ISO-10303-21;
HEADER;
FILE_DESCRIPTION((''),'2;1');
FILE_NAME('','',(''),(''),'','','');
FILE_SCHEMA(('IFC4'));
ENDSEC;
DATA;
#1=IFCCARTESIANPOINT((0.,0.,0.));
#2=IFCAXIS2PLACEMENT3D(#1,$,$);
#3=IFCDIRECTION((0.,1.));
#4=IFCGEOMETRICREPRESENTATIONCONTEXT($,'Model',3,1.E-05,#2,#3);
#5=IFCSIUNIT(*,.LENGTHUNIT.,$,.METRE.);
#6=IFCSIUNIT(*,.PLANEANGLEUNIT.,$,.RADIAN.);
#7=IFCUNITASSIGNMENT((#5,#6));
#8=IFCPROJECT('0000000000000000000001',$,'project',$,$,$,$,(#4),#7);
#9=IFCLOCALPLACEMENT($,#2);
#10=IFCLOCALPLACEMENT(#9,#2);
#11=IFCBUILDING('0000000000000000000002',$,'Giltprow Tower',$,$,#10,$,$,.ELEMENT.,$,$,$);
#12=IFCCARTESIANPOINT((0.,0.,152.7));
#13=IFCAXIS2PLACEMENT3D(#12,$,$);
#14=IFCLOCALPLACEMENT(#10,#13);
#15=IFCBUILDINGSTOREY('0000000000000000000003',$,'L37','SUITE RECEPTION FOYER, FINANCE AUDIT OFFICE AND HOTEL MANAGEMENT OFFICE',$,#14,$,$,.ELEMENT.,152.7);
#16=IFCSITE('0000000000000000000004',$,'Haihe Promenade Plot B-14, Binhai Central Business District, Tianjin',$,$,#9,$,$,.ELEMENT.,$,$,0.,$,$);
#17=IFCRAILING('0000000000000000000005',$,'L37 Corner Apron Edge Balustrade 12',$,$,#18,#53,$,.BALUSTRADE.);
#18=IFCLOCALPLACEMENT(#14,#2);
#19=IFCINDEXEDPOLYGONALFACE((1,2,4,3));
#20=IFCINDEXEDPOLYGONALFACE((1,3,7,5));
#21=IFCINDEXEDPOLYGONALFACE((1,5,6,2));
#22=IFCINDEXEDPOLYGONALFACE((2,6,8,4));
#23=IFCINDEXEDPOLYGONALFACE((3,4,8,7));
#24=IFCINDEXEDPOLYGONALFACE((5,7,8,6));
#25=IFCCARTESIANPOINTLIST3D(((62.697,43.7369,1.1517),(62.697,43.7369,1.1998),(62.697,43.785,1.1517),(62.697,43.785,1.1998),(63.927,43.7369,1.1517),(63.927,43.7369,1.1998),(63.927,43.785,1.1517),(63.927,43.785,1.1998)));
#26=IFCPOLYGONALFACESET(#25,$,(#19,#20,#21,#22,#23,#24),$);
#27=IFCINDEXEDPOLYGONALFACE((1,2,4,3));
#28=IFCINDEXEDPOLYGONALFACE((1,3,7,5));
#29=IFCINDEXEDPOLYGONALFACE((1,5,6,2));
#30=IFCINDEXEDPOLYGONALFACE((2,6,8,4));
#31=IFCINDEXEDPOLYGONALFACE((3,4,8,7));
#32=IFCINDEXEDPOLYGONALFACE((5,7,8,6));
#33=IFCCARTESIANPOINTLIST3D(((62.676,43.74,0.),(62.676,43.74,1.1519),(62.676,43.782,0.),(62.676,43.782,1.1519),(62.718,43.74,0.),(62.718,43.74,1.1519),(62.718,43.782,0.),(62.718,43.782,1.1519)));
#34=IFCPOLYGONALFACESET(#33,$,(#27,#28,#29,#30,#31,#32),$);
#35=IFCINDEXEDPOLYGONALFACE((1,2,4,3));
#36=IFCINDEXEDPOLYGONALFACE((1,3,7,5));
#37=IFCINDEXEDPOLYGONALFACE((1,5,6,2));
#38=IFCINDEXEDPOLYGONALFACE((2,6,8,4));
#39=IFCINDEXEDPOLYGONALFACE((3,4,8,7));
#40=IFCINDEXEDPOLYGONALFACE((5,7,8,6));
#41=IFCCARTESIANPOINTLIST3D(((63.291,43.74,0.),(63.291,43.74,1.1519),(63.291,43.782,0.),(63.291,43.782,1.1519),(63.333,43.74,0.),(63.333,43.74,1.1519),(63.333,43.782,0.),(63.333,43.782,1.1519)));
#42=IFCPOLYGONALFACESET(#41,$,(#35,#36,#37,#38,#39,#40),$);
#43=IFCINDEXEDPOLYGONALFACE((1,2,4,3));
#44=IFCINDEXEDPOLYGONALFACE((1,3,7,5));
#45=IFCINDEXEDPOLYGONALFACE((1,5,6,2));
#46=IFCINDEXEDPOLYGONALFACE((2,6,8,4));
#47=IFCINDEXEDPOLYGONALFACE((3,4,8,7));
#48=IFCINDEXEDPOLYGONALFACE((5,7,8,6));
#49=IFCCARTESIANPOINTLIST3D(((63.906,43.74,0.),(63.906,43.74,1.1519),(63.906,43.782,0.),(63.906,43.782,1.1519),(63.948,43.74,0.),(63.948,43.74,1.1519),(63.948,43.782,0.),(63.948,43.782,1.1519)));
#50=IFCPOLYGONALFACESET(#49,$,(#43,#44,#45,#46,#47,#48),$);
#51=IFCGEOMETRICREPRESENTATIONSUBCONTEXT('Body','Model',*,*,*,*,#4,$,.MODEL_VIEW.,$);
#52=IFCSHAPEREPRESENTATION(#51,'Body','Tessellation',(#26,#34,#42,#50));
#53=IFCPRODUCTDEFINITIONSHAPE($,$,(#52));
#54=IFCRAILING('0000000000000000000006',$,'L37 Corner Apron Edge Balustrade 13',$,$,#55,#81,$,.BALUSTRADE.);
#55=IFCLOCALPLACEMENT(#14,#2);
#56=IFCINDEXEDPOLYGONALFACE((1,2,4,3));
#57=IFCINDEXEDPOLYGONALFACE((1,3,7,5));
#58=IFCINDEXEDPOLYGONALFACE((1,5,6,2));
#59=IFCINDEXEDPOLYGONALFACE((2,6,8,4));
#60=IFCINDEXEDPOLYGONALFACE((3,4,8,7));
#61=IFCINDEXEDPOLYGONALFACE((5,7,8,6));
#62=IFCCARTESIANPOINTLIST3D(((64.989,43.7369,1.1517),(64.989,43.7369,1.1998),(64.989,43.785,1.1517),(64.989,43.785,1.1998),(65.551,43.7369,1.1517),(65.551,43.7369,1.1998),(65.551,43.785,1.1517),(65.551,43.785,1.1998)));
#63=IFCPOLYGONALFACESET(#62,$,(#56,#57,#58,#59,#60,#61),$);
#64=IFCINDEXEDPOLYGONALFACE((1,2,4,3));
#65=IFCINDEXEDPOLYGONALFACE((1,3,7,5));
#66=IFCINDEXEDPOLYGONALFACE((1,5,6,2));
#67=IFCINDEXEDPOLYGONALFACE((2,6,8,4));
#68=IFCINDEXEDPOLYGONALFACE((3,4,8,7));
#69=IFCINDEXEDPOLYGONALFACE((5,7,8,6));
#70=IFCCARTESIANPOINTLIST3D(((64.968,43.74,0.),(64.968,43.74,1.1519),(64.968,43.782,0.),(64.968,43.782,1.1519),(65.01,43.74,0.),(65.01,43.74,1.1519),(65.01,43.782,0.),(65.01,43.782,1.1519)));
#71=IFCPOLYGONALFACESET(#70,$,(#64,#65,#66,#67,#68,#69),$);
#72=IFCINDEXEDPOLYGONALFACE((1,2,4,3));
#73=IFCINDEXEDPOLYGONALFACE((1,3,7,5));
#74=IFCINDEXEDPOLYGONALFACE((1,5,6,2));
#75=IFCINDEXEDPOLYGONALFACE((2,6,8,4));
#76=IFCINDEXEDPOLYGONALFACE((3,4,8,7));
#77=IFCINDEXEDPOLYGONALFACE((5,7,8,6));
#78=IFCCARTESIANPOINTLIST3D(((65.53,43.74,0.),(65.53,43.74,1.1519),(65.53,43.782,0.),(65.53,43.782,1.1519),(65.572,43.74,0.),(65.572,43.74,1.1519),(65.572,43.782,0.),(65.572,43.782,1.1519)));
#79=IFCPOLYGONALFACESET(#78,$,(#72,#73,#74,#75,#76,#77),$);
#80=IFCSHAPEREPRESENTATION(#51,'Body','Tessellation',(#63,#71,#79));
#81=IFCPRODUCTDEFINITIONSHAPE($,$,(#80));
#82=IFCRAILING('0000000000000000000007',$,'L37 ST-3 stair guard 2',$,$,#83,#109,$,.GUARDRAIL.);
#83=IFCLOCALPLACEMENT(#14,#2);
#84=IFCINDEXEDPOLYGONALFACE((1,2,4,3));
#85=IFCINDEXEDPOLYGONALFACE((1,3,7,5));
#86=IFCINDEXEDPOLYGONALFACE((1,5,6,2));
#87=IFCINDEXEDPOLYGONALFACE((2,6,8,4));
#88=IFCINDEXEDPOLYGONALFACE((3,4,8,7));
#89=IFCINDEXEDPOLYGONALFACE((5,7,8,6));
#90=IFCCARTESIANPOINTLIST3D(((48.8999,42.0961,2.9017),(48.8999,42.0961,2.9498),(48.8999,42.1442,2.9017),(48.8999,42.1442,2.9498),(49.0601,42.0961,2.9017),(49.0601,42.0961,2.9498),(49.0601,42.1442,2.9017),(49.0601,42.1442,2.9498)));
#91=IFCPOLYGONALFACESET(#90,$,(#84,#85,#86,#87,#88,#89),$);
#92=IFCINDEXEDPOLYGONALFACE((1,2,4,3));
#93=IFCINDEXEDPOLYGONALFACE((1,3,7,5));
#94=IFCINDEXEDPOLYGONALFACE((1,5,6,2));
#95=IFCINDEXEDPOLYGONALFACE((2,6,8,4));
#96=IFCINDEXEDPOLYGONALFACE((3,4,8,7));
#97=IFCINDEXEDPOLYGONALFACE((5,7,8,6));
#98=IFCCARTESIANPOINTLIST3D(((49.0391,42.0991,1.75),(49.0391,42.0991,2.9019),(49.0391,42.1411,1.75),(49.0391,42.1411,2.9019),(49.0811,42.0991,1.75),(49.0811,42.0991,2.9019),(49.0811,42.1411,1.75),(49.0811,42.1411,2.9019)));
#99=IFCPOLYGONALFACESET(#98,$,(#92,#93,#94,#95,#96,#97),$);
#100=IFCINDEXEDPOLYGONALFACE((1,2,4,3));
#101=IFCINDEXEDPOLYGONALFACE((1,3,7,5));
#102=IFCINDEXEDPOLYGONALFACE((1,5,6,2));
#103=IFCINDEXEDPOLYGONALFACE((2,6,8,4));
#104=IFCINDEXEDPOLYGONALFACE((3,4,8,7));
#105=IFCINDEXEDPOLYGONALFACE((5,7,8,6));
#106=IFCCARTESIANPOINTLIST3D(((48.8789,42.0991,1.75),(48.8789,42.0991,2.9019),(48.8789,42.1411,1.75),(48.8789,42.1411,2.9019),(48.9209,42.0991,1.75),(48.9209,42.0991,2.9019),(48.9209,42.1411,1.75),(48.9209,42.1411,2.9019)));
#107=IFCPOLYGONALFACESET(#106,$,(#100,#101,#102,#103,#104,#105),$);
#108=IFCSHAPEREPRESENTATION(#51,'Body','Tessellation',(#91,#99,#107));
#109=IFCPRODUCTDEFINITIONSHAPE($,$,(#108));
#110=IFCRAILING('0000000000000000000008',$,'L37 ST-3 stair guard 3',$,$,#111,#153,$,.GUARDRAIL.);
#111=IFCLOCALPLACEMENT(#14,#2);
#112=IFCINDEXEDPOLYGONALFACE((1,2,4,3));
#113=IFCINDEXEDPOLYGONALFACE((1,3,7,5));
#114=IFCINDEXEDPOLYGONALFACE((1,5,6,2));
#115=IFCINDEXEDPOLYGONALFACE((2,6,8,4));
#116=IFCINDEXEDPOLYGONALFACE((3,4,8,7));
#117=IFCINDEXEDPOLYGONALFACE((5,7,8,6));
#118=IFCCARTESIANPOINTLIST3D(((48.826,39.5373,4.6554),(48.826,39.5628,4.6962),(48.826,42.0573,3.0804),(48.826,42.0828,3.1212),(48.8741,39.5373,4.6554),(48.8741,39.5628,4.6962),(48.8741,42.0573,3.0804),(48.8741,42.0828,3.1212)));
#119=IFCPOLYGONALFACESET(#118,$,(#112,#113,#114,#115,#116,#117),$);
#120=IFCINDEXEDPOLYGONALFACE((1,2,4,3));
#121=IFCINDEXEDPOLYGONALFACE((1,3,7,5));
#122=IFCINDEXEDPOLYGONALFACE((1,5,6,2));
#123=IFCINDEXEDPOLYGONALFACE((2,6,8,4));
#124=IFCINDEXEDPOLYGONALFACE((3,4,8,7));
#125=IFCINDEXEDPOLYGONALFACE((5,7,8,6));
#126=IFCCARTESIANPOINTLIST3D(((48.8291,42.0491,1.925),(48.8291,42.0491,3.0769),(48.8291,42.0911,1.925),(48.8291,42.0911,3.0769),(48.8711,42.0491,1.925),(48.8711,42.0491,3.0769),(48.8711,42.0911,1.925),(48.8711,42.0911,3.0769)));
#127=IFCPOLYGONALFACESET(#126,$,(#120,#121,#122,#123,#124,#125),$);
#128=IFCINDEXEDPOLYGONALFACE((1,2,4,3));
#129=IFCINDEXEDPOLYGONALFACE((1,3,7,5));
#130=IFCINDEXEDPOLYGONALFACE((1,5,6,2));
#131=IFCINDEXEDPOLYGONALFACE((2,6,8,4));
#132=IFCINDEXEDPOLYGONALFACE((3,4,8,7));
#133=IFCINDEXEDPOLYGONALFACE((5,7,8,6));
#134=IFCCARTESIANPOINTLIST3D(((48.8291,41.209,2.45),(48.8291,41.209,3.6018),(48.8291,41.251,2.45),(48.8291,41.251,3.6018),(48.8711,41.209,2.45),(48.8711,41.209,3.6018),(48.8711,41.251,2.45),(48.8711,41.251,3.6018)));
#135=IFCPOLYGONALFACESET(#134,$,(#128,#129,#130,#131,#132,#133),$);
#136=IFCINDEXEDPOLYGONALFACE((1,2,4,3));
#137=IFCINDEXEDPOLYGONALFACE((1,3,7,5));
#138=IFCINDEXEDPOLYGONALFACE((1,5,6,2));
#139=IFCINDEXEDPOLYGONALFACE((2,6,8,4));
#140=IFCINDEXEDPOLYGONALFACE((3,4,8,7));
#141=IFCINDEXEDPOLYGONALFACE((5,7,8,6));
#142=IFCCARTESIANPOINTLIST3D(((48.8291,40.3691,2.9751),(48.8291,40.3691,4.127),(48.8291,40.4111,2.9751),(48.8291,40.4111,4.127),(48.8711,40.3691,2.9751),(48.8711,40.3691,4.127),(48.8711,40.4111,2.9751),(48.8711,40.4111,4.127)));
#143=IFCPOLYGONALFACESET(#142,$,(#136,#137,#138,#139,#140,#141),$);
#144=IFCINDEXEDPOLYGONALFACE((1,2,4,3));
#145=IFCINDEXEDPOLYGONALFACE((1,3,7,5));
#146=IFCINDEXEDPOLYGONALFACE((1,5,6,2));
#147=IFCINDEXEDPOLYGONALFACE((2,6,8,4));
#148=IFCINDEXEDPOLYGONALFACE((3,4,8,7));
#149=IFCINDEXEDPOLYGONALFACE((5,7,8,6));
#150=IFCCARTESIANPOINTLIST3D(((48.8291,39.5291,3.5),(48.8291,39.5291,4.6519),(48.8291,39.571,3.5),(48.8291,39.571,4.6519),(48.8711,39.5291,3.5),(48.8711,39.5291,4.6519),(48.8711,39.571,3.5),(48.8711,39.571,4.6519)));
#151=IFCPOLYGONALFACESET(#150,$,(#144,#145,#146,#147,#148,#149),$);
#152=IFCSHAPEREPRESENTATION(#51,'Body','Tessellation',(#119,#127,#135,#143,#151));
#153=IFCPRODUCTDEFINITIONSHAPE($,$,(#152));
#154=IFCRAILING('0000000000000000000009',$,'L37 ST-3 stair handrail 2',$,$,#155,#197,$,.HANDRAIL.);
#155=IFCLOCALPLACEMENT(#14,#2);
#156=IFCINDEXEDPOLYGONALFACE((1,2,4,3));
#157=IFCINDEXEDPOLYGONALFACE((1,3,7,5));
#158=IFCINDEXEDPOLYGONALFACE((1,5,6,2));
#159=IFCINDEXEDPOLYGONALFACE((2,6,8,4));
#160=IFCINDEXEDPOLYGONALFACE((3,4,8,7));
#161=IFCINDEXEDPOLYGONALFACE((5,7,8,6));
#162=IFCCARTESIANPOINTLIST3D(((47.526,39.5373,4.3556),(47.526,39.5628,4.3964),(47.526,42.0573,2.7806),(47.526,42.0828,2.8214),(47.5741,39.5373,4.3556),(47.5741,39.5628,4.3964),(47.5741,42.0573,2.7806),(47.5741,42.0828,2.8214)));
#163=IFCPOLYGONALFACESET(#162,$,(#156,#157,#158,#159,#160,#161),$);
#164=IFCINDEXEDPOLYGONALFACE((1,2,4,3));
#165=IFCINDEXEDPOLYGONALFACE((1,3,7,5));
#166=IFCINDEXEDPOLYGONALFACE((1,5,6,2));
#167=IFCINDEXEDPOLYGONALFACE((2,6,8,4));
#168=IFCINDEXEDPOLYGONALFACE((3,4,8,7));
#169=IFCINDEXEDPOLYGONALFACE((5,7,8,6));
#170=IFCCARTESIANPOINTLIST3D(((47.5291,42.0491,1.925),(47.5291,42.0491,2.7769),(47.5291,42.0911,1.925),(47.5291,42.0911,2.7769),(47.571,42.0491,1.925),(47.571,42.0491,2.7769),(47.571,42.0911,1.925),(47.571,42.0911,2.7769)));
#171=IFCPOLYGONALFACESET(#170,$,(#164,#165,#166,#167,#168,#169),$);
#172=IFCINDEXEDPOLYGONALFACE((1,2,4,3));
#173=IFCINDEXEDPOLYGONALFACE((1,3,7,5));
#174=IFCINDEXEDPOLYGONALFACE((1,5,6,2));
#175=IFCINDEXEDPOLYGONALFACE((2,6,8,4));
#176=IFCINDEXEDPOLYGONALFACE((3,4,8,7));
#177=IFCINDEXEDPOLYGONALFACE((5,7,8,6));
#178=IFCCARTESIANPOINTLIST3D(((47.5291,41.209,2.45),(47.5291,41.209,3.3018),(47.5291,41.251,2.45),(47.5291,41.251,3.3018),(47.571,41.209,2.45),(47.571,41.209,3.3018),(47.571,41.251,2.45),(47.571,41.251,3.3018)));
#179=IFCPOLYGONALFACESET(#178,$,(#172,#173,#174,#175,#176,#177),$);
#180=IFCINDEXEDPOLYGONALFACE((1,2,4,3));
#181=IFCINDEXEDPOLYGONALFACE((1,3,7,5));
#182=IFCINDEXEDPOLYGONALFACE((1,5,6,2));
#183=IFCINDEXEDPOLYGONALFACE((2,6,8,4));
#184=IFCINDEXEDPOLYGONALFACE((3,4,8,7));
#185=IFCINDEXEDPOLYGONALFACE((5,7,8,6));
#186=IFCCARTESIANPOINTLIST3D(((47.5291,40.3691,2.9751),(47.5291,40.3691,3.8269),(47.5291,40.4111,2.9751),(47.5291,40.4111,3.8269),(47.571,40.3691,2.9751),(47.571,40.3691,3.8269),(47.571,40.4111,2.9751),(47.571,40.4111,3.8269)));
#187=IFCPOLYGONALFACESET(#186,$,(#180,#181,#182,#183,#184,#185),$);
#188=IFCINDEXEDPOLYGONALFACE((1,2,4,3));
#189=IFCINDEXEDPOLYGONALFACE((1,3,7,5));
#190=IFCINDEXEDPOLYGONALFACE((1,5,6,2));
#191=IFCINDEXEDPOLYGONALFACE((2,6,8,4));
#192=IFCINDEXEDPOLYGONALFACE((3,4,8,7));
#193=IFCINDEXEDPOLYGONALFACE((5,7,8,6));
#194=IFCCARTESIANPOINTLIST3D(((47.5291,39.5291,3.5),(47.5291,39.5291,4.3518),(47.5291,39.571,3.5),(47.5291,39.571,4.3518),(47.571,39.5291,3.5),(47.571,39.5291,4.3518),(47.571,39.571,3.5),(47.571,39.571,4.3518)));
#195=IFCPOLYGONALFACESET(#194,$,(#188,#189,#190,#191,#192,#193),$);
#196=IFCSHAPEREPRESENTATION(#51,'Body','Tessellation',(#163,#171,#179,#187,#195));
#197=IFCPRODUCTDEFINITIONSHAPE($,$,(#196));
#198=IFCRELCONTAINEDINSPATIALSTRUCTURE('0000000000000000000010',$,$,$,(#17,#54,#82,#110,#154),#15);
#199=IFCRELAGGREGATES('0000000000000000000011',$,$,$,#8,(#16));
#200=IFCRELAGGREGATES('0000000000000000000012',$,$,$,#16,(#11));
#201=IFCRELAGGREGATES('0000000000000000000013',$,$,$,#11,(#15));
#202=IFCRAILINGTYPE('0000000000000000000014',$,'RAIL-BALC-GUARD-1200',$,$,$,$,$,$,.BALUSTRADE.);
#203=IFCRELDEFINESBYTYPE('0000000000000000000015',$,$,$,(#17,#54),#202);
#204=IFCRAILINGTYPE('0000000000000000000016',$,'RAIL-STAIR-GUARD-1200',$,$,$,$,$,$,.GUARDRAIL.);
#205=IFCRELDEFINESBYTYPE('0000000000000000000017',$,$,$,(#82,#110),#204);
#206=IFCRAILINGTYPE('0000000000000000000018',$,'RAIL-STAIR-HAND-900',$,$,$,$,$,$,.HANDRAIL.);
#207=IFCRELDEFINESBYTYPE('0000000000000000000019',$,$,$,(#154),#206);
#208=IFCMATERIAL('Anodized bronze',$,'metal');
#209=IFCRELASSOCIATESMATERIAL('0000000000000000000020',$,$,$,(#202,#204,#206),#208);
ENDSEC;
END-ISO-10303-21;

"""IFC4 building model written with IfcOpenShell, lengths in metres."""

from ifc_helpers import new_model, si_unit, direction, frame, origin, origin_2d, place, context, subcontext, project, spatial, rectangle, extrude, material, type_object, element, save


model = new_model("IFC4")

# Units and contexts
model_context = context("Model", 3, precision=1e-05, world=origin(), true_north=direction((0.0, 1.0)))
body_context = subcontext(model_context, "Body", "Model", "MODEL_VIEW")
ifc_project = project(units=[si_unit("LENGTHUNIT", "METRE"), si_unit("PLANEANGLEUNIT", "RADIAN")], contexts=[model_context])

# Site, building, storey
site_placement = place(None, origin())
site = spatial("IfcSite", under=ifc_project, at=site_placement, Name="Haihe Promenade Plot B-14, Binhai Central Business District, Tianjin", CompositionType="ELEMENT", RefElevation=0.0)
building_placement = place(site_placement, origin())
building = spatial("IfcBuilding", under=site, at=building_placement, Name="Giltprow Tower", CompositionType="ELEMENT")
storey_placement = place(building_placement, frame((0.0, 0.0, 152.7)))
storey = spatial("IfcBuildingStorey", under=building, at=storey_placement, Name="L37", Description="SUITE RECEPTION FOYER, FINANCE AUDIT OFFICE AND HOTEL MANAGEMENT OFFICE", CompositionType="ELEMENT", Elevation=152.7)

# Railings
ifc_material_1 = material(Name="Anodized bronze", Category="metal")
railing_type_1 = type_object("IfcRailingType", Name="RAIL-BALC-GUARD-1200", PredefinedType="BALUSTRADE", material=ifc_material_1)
railing_1_placement = place(storey_placement, frame((62.697, 43.761, 0.0)))
element("IfcRailing", 1, at=railing_1_placement, inside=storey, type_object=railing_type_1, Name="L37 Corner Apron Edge Balustrade 12", PredefinedType="BALUSTRADE", context=body_context, shape_type="SweptSolid", body=[
    extrude(rectangle(XDim=0.0481, YDim=0.0481, at=origin_2d()), frame((0.0, 0.0, 1.1758), z_axis=(1.0, 0.0, 0.0), x_axis=(0.0, 1.0, 0.0)), (0.0, 0.0, 1.0), 1.23),
    extrude(rectangle(XDim=0.042, YDim=0.042, at=origin_2d()), origin(), (0.0, 0.0, 1.0), 1.1519),
    extrude(rectangle(XDim=0.042, YDim=0.042, at=origin_2d()), frame((0.615, 0.0, 0.0)), (0.0, 0.0, 1.0), 1.1519),
    extrude(rectangle(XDim=0.042, YDim=0.042, at=origin_2d()), frame((1.23, 0.0, 0.0)), (0.0, 0.0, 1.0), 1.1519),
])
railing_2_placement = place(storey_placement, frame((64.989, 43.761, 0.0)))
element("IfcRailing", 2, at=railing_2_placement, inside=storey, type_object=railing_type_1, Name="L37 Corner Apron Edge Balustrade 13", PredefinedType="BALUSTRADE", context=body_context, shape_type="SweptSolid", body=[
    extrude(rectangle(XDim=0.0481, YDim=0.0481, at=origin_2d()), frame((0.0, 0.0, 1.1758), z_axis=(1.0, 0.0, 0.0), x_axis=(0.0, 1.0, 0.0)), (0.0, 0.0, 1.0), 0.562),
    extrude(rectangle(XDim=0.042, YDim=0.042, at=origin_2d()), origin(), (0.0, 0.0, 1.0), 1.1519),
    extrude(rectangle(XDim=0.042, YDim=0.042, at=origin_2d()), frame((0.562, 0.0, 0.0)), (0.0, 0.0, 1.0), 1.1519),
])
railing_type_2 = type_object("IfcRailingType", Name="RAIL-STAIR-GUARD-1200", PredefinedType="GUARDRAIL", material=ifc_material_1)
railing_3_placement = place(storey_placement, frame((49.0601, 42.1201, 1.75)))
element("IfcRailing", 3, at=railing_3_placement, inside=storey, type_object=railing_type_2, Name="L37 ST-3 stair guard 2", PredefinedType="GUARDRAIL", context=body_context, shape_type="SweptSolid", body=[
    extrude(rectangle(XDim=0.0481, YDim=0.0481, at=origin_2d()), frame((0.0, 0.0, 1.1758), z_axis=(-1.0, 0.0, 0.0), x_axis=(0.0, -1.0, 0.0)), (0.0, 0.0, 1.0), 0.1602),
    extrude(rectangle(XDim=0.042, YDim=0.042, at=origin_2d()), origin(), (0.0, 0.0, 1.0), 1.1519),
    extrude(rectangle(XDim=0.042, YDim=0.042, at=origin_2d()), frame((-0.1602, 0.0, 0.0)), (0.0, 0.0, 1.0), 1.1519),
])
railing_4_placement = place(storey_placement, frame((48.8501, 42.0701, 1.925)))
element("IfcRailing", 4, at=railing_4_placement, inside=storey, type_object=railing_type_2, Name="L37 ST-3 stair guard 3", PredefinedType="GUARDRAIL", context=body_context, shape_type="SweptSolid", body=[
    extrude(rectangle(XDim=0.0481, YDim=0.0481, at=origin_2d()), frame((0.0, 0.0, 1.1758), z_axis=(0.0, -0.848008, 0.529984), x_axis=(1.0, 0.0, 0.0)), (0.0, 0.0, 1.0), 2.9717),
    extrude(rectangle(XDim=0.042, YDim=0.042, at=origin_2d()), origin(), (0.0, 0.0, 1.0), 1.1519),
    extrude(rectangle(XDim=0.042, YDim=0.042, at=origin_2d()), frame((0.0, -0.8401, 0.5249)), (0.0, 0.0, 1.0), 1.1519),
    extrude(rectangle(XDim=0.042, YDim=0.042, at=origin_2d()), frame((0.0, -1.6799, 1.05)), (0.0, 0.0, 1.0), 1.1519),
    extrude(rectangle(XDim=0.042, YDim=0.042, at=origin_2d()), frame((0.0, -2.52, 1.575)), (0.0, 0.0, 1.0), 1.1519),
])
railing_type_3 = type_object("IfcRailingType", Name="RAIL-STAIR-HAND-900", PredefinedType="HANDRAIL", material=ifc_material_1)
railing_5_placement = place(storey_placement, frame((47.55, 42.0701, 1.925)))
element("IfcRailing", 5, at=railing_5_placement, inside=storey, type_object=railing_type_3, Name="L37 ST-3 stair handrail 2", PredefinedType="HANDRAIL", context=body_context, shape_type="SweptSolid", body=[
    extrude(rectangle(XDim=0.0481, YDim=0.0481, at=origin_2d()), frame((0.0, 0.0, 0.876), z_axis=(0.0, -0.848008, 0.529984), x_axis=(1.0, 0.0, 0.0)), (0.0, 0.0, 1.0), 2.9717),
    extrude(rectangle(XDim=0.042, YDim=0.042, at=origin_2d()), origin(), (0.0, 0.0, 1.0), 0.8518),
    extrude(rectangle(XDim=0.042, YDim=0.042, at=origin_2d()), frame((0.0, -0.8401, 0.5249)), (0.0, 0.0, 1.0), 0.8518),
    extrude(rectangle(XDim=0.042, YDim=0.042, at=origin_2d()), frame((0.0, -1.6799, 1.05)), (0.0, 0.0, 1.0), 0.8518),
    extrude(rectangle(XDim=0.042, YDim=0.042, at=origin_2d()), frame((0.0, -2.52, 1.575)), (0.0, 0.0, 1.0), 0.8518),
])

save(model, "model.ifc")
